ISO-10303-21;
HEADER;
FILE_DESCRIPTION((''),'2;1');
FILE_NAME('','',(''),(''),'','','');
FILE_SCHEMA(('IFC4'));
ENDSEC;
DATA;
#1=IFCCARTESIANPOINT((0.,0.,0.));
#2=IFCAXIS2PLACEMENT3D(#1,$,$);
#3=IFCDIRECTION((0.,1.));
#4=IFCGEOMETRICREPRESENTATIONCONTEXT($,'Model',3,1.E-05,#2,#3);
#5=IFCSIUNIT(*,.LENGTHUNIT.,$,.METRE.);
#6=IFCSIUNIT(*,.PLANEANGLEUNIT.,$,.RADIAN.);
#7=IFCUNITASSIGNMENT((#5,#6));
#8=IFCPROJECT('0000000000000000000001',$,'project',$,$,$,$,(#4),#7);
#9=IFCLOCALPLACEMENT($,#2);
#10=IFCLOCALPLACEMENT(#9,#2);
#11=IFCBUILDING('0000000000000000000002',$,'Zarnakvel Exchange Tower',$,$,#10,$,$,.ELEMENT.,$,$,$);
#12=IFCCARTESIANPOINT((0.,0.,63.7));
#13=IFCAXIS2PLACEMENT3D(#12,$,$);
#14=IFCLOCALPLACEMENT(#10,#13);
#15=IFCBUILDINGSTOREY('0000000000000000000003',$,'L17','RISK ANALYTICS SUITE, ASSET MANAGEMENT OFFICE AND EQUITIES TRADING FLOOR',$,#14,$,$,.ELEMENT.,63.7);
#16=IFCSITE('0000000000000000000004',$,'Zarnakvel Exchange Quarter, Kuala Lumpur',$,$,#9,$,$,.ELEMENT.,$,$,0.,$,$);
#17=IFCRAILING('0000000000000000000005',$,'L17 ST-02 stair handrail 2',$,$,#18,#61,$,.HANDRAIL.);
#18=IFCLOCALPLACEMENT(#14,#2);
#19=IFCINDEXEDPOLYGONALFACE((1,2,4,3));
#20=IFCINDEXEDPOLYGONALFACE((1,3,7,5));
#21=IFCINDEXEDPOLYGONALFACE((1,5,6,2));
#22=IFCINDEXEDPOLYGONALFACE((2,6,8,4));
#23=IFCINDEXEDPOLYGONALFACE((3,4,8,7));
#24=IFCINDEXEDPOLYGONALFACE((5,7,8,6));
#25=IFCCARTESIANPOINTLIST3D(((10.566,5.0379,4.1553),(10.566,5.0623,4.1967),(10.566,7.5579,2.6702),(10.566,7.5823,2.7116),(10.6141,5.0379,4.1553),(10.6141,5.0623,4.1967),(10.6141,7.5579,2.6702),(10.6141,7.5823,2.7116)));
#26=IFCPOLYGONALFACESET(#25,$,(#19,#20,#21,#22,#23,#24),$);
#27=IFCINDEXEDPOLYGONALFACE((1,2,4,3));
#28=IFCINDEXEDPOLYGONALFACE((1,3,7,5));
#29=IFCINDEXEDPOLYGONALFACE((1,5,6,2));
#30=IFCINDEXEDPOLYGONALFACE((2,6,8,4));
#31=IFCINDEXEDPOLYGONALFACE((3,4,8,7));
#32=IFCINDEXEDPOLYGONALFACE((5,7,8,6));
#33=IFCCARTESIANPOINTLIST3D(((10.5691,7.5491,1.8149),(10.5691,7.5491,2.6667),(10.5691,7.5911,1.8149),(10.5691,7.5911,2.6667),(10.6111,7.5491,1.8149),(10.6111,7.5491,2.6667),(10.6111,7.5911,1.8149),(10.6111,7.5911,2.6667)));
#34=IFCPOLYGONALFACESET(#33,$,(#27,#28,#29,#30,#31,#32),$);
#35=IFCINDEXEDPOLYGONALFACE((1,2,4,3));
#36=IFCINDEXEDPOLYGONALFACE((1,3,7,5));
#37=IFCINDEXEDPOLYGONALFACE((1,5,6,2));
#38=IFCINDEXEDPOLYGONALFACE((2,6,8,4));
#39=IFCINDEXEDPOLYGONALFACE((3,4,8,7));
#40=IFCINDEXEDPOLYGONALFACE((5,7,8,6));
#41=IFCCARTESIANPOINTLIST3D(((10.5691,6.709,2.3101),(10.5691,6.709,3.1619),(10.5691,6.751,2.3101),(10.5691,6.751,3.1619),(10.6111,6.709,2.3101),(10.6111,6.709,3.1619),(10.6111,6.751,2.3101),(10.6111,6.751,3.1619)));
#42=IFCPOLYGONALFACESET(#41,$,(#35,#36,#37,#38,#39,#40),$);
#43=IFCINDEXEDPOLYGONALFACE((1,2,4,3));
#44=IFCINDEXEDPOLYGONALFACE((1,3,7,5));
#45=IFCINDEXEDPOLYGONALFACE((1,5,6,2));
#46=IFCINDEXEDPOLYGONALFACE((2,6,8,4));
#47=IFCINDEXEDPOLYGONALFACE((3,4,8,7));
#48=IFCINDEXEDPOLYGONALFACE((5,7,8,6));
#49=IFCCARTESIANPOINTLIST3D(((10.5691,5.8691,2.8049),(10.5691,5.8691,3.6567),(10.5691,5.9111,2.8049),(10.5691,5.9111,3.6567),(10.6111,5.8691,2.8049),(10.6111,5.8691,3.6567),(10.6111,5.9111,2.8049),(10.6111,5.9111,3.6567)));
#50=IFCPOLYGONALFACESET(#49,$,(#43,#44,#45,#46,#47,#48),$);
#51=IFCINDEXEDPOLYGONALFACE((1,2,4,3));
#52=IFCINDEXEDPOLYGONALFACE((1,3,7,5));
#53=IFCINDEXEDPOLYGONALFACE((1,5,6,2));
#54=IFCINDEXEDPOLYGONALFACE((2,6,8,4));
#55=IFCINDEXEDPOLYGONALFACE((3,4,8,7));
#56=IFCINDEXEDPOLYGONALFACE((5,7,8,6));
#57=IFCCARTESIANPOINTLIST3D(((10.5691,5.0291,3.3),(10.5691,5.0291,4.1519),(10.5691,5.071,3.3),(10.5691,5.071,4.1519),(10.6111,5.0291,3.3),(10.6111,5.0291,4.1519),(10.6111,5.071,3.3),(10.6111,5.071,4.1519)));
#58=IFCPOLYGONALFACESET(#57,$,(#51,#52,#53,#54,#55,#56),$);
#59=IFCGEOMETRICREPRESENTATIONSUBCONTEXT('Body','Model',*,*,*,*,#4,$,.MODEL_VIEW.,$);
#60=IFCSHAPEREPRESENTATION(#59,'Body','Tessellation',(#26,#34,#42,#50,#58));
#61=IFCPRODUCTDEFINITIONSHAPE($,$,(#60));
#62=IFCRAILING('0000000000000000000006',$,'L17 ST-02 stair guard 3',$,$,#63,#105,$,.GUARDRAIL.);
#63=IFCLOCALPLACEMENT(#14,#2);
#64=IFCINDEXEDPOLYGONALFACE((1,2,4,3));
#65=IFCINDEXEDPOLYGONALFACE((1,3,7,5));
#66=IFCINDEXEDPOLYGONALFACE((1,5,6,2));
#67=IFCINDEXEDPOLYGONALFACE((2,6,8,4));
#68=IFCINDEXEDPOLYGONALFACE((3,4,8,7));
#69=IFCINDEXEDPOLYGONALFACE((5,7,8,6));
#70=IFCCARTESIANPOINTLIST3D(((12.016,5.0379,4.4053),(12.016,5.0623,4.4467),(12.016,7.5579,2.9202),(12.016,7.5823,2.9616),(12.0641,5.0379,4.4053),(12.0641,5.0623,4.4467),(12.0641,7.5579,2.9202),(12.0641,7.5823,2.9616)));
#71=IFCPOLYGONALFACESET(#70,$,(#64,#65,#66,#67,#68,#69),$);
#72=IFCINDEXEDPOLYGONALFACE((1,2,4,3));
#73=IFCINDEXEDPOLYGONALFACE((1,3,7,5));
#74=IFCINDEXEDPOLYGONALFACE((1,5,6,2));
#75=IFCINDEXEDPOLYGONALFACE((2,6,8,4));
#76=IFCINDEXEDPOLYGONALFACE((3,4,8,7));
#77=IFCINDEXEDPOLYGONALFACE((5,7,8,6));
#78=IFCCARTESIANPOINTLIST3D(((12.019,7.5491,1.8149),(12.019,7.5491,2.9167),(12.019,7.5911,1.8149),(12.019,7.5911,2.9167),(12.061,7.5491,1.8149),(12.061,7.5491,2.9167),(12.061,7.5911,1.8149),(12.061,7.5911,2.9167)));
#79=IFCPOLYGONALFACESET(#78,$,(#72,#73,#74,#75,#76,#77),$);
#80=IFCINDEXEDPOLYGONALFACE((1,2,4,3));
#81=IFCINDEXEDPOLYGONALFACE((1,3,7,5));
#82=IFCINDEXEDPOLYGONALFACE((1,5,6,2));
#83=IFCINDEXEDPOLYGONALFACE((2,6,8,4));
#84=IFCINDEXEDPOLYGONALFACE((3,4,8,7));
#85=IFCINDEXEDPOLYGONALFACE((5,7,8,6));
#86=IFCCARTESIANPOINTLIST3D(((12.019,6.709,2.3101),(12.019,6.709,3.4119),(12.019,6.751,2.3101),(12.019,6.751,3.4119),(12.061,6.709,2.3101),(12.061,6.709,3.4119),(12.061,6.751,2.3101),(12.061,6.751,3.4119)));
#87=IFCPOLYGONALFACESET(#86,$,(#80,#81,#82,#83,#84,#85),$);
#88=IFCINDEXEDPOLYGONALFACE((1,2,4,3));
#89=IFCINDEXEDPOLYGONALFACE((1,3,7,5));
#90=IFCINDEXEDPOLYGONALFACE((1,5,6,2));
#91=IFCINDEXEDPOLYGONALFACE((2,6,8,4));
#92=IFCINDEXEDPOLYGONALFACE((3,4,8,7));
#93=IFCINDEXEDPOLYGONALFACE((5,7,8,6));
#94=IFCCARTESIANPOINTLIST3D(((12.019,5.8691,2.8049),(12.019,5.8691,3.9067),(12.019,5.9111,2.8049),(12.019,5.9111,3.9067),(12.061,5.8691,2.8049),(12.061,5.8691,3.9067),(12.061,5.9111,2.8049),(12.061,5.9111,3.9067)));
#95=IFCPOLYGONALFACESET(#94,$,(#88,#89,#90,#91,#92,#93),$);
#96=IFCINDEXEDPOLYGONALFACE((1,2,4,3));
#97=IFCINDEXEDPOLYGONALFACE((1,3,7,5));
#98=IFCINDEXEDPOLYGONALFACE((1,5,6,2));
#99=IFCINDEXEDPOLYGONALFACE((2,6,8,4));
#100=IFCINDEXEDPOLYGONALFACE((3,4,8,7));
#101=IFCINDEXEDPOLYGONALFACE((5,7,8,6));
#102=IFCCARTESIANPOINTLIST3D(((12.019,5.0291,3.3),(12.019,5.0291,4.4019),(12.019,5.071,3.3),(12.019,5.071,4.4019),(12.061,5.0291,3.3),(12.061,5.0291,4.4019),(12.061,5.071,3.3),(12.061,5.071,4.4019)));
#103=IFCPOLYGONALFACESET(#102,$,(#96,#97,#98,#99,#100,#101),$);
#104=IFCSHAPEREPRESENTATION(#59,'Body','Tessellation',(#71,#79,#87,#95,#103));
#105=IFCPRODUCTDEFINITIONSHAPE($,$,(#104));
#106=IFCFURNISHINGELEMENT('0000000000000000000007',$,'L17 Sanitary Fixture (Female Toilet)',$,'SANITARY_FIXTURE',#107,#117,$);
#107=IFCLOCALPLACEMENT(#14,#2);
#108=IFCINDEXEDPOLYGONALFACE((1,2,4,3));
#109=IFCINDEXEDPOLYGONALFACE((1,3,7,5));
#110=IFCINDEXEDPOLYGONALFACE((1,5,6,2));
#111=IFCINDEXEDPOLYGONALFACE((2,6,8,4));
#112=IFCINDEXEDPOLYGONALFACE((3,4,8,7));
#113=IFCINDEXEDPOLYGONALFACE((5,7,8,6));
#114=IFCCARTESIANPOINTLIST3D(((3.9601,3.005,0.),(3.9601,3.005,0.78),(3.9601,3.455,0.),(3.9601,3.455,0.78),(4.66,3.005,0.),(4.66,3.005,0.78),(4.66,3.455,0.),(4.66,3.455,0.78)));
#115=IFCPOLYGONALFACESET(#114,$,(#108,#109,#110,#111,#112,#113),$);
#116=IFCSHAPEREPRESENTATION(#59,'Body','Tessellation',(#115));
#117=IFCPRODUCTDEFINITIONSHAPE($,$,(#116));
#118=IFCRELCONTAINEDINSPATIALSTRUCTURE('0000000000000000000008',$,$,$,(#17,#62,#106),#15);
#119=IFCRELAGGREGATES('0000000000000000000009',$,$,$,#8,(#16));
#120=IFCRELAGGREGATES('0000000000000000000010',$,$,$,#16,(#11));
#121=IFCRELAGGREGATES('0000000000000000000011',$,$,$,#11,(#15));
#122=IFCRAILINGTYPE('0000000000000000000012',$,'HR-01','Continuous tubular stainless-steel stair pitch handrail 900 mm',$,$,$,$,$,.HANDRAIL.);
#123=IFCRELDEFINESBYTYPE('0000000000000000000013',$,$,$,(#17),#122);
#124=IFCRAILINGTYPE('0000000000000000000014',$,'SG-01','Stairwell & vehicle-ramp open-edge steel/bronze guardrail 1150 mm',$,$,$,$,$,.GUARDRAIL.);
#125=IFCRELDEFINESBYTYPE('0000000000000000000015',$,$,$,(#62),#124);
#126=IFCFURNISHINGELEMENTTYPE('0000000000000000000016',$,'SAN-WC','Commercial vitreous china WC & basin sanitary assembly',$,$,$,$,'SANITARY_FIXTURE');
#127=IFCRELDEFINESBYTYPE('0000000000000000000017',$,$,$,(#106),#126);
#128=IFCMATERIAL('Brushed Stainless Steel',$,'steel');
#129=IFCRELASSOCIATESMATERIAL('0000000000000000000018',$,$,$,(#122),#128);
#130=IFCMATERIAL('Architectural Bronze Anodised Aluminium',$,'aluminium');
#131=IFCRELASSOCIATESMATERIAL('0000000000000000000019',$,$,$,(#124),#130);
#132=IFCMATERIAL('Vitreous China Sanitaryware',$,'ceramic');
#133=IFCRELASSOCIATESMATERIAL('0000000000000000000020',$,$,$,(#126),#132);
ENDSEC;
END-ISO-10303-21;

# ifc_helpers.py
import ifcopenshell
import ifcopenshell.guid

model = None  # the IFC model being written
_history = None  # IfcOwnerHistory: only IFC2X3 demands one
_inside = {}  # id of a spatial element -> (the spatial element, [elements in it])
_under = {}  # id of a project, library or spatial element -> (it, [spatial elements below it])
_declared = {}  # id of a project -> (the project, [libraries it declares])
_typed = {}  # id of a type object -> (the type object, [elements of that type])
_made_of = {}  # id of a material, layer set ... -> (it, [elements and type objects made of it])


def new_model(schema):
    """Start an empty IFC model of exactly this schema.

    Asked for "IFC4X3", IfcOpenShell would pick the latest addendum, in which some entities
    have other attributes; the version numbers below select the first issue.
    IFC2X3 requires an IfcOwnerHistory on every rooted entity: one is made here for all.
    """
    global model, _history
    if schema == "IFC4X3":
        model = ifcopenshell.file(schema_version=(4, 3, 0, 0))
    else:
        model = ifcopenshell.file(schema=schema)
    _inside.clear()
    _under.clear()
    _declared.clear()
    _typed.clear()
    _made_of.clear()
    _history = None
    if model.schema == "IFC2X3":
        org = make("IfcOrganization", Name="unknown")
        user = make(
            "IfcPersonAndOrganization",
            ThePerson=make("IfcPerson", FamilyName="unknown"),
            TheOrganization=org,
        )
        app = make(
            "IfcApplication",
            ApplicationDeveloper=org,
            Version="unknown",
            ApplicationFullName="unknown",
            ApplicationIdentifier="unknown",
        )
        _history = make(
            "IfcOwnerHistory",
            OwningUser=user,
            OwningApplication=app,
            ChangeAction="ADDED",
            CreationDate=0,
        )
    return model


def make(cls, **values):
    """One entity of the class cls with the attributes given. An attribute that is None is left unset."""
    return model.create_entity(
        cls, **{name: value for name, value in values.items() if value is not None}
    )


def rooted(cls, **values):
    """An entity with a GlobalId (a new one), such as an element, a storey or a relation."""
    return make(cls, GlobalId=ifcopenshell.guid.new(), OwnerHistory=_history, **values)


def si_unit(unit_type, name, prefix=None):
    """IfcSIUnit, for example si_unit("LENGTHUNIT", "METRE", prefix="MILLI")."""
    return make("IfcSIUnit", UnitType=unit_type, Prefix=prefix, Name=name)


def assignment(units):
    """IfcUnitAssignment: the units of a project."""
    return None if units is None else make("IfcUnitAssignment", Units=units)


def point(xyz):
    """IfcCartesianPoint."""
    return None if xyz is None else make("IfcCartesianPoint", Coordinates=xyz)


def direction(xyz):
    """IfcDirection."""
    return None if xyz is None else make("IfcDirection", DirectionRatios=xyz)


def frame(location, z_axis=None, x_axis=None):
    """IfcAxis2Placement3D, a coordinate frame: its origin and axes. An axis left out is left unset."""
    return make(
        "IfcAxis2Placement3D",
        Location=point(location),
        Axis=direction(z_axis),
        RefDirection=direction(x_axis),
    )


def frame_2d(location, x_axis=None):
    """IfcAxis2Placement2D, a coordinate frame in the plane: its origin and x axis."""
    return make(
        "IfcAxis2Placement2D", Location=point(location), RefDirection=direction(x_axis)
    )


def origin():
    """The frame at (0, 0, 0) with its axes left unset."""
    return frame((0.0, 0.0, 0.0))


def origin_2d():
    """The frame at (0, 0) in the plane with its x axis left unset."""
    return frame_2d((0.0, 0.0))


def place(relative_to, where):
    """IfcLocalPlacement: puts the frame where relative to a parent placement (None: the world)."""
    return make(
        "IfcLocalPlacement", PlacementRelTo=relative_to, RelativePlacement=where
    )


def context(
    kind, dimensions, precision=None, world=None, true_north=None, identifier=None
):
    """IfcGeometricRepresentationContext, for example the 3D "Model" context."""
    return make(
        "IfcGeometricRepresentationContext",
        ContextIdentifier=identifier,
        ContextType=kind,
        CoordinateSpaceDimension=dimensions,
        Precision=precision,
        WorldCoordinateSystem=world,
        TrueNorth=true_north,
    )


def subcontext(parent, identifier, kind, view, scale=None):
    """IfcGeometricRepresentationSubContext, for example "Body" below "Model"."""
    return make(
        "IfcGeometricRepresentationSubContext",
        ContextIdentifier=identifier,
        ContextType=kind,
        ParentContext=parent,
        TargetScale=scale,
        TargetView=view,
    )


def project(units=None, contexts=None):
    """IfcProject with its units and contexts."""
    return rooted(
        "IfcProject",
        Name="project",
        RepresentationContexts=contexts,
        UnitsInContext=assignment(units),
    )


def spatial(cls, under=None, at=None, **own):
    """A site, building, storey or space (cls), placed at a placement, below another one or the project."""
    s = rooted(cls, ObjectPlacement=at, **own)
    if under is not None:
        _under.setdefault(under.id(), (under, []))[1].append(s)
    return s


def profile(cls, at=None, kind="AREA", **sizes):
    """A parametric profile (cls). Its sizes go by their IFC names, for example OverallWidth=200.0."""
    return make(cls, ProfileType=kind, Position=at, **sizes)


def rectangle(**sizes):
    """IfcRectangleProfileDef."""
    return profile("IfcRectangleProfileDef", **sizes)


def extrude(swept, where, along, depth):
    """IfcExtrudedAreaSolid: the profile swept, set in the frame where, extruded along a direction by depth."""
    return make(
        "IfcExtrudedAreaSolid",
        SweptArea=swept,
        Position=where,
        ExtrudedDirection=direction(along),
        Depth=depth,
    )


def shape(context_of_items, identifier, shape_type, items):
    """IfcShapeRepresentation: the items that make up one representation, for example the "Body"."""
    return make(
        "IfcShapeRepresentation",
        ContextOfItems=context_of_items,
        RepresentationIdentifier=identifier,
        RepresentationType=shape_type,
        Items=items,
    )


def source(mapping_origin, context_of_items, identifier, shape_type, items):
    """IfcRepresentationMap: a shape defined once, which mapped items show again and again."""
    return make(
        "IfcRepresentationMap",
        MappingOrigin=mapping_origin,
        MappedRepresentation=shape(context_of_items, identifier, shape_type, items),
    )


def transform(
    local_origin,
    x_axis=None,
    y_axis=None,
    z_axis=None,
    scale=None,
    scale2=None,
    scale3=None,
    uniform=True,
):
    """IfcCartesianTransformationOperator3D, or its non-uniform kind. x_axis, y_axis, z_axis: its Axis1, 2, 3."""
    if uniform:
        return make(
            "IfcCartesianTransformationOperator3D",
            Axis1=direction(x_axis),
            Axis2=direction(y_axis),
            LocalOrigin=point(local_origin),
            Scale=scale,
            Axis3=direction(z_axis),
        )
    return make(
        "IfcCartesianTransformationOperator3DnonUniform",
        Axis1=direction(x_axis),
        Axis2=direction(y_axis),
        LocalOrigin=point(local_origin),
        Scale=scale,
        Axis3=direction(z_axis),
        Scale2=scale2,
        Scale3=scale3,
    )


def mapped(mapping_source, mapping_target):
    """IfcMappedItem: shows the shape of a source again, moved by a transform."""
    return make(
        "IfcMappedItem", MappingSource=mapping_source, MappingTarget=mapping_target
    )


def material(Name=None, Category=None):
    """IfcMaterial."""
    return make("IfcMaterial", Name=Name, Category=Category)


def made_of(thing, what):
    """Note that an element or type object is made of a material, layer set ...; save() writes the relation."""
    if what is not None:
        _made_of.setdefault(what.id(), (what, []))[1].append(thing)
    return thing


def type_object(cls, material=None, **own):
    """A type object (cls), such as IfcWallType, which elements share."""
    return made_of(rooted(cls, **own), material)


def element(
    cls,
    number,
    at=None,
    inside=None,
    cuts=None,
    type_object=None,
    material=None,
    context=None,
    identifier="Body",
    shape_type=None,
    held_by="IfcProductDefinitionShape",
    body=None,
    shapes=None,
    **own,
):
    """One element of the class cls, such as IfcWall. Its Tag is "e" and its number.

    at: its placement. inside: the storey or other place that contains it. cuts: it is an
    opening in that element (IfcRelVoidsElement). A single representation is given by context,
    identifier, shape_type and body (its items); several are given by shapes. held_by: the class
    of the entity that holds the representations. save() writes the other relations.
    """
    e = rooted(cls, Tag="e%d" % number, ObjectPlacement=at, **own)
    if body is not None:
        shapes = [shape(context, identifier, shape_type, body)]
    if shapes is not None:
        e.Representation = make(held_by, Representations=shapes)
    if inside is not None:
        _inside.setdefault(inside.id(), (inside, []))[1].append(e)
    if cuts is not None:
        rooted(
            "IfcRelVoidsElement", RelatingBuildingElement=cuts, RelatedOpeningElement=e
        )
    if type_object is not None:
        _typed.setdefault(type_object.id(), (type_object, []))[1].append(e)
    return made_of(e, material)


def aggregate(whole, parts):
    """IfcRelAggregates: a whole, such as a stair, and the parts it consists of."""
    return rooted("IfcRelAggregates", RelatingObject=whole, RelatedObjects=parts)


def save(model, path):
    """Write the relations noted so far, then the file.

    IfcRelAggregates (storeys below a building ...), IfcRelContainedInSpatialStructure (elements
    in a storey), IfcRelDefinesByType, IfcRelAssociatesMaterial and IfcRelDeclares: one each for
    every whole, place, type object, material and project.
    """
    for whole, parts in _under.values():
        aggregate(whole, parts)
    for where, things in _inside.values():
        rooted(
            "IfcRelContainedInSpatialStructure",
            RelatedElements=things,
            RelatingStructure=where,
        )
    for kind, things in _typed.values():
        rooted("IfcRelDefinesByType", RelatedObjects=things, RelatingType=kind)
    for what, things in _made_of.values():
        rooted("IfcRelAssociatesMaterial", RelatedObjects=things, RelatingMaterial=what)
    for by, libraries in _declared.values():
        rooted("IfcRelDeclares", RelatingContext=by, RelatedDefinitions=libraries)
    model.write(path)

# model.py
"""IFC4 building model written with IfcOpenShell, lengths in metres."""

from ifc_helpers import new_model, si_unit, direction, frame, origin, origin_2d, place, context, subcontext, project, spatial, rectangle, extrude, source, transform, mapped, material, type_object, element, save


model = new_model("IFC4")

# Units and contexts
model_context = context("Model", 3, precision=1e-05, world=origin(), true_north=direction((0.0, 1.0)))
body_context = subcontext(model_context, "Body", "Model", "MODEL_VIEW")
ifc_project = project(units=[si_unit("LENGTHUNIT", "METRE"), si_unit("PLANEANGLEUNIT", "RADIAN")], contexts=[model_context])

# Site, building, storey
site_placement = place(None, origin())
site = spatial("IfcSite", under=ifc_project, at=site_placement, Name="Zarnakvel Exchange Quarter, Kuala Lumpur", CompositionType="ELEMENT", RefElevation=0.0)
building_placement = place(site_placement, origin())
building = spatial("IfcBuilding", under=site, at=building_placement, Name="Zarnakvel Exchange Tower", CompositionType="ELEMENT")
storey_placement = place(building_placement, frame((0.0, 0.0, 63.7)))
storey = spatial("IfcBuildingStorey", under=building, at=storey_placement, Name="L17", Description="RISK ANALYTICS SUITE, ASSET MANAGEMENT OFFICE AND EQUITIES TRADING FLOOR", CompositionType="ELEMENT", Elevation=63.7)

# Shared definitions
ifc_material_1 = material(Name="Brushed Stainless Steel", Category="steel")

# Railings
railing_type_1 = type_object("IfcRailingType", Name="HR-01", Description="Continuous tubular stainless-steel stair pitch handrail 900 mm", PredefinedType="HANDRAIL", material=ifc_material_1)
railing_1_placement = place(storey_placement, frame((10.5901, 7.5701, 1.8149)))
element("IfcRailing", 1, at=railing_1_placement, inside=storey, type_object=railing_type_1, Name="L17 ST-02 stair handrail 2", PredefinedType="HANDRAIL", context=body_context, shape_type="SweptSolid", body=[
    extrude(rectangle(XDim=0.0481, YDim=0.0481, at=origin_2d()), frame((0.0, 0.0, 0.876), z_axis=(0.0, -0.861524, 0.507717), x_axis=(1.0, 0.0, 0.0)), (0.0, 0.0, 1.0), 2.925),
    extrude(rectangle(XDim=0.042, YDim=0.042, at=origin_2d()), origin(), (0.0, 0.0, 1.0), 0.8518),
    extrude(rectangle(XDim=0.042, YDim=0.042, at=origin_2d()), frame((0.0, -0.8401, 0.4951)), (0.0, 0.0, 1.0), 0.8518),
    extrude(rectangle(XDim=0.042, YDim=0.042, at=origin_2d()), frame((0.0, -1.6799, 0.99)), (0.0, 0.0, 1.0), 0.8518),
    extrude(rectangle(XDim=0.042, YDim=0.042, at=origin_2d()), frame((0.0, -2.52, 1.4851)), (0.0, 0.0, 1.0), 0.8518),
])
ifc_material_2 = material(Name="Architectural Bronze Anodised Aluminium", Category="aluminium")
railing_type_2 = type_object("IfcRailingType", Name="SG-01", Description="Stairwell & vehicle-ramp open-edge steel/bronze guardrail 1150 mm", PredefinedType="GUARDRAIL", material=ifc_material_2)
railing_2_placement = place(storey_placement, frame((12.04, 7.5701, 1.8149)))
element("IfcRailing", 2, at=railing_2_placement, inside=storey, type_object=railing_type_2, Name="L17 ST-02 stair guard 3", PredefinedType="GUARDRAIL", context=body_context, shape_type="SweptSolid", body=[
    extrude(rectangle(XDim=0.0481, YDim=0.0481, at=origin_2d()), frame((0.0, 0.0, 1.126), z_axis=(0.0, -0.861524, 0.507717), x_axis=(1.0, 0.0, 0.0)), (0.0, 0.0, 1.0), 2.925),
    extrude(rectangle(XDim=0.042, YDim=0.042, at=origin_2d()), origin(), (0.0, 0.0, 1.0), 1.1018),
    extrude(rectangle(XDim=0.042, YDim=0.042, at=origin_2d()), frame((0.0, -0.8401, 0.4951)), (0.0, 0.0, 1.0), 1.1018),
    extrude(rectangle(XDim=0.042, YDim=0.042, at=origin_2d()), frame((0.0, -1.6799, 0.99)), (0.0, 0.0, 1.0), 1.1018),
    extrude(rectangle(XDim=0.042, YDim=0.042, at=origin_2d()), frame((0.0, -2.52, 1.4851)), (0.0, 0.0, 1.0), 1.1018),
])

# Furnishing element
ifc_material_3 = material(Name="Vitreous China Sanitaryware", Category="ceramic")
furnishing_element_type = type_object("IfcFurnishingElementType", Name="SAN-WC", Description="Commercial vitreous china WC & basin sanitary assembly", ElementType="SANITARY_FIXTURE", material=ifc_material_3)
shared_shape_1 = source(origin(), body_context, "Body", "SweptSolid", [
    extrude(rectangle(XDim=0.7, YDim=0.45, at=origin_2d()), origin(), (0.0, 0.0, 1.0), 0.78),
])
furnishing_placement = place(storey_placement, frame((4.3101, 3.23, 0.0), z_axis=(0.0, 0.0, 1.0), x_axis=(1.0, 0.0, 0.0)))
element("IfcFurnishingElement", 3, at=furnishing_placement, inside=storey, type_object=furnishing_element_type, Name="L17 Sanitary Fixture (Female Toilet)", ObjectType="SANITARY_FIXTURE", context=body_context, shape_type="MappedRepresentation", body=[
    mapped(shared_shape_1, transform((0.0, 0.0, 0.0), x_axis=(1.0, 0.0, 0.0), y_axis=(0.0, 1.0, 0.0), z_axis=(0.0, 0.0, 1.0), scale=1.0)),
])

save(model, "model.ifc")
